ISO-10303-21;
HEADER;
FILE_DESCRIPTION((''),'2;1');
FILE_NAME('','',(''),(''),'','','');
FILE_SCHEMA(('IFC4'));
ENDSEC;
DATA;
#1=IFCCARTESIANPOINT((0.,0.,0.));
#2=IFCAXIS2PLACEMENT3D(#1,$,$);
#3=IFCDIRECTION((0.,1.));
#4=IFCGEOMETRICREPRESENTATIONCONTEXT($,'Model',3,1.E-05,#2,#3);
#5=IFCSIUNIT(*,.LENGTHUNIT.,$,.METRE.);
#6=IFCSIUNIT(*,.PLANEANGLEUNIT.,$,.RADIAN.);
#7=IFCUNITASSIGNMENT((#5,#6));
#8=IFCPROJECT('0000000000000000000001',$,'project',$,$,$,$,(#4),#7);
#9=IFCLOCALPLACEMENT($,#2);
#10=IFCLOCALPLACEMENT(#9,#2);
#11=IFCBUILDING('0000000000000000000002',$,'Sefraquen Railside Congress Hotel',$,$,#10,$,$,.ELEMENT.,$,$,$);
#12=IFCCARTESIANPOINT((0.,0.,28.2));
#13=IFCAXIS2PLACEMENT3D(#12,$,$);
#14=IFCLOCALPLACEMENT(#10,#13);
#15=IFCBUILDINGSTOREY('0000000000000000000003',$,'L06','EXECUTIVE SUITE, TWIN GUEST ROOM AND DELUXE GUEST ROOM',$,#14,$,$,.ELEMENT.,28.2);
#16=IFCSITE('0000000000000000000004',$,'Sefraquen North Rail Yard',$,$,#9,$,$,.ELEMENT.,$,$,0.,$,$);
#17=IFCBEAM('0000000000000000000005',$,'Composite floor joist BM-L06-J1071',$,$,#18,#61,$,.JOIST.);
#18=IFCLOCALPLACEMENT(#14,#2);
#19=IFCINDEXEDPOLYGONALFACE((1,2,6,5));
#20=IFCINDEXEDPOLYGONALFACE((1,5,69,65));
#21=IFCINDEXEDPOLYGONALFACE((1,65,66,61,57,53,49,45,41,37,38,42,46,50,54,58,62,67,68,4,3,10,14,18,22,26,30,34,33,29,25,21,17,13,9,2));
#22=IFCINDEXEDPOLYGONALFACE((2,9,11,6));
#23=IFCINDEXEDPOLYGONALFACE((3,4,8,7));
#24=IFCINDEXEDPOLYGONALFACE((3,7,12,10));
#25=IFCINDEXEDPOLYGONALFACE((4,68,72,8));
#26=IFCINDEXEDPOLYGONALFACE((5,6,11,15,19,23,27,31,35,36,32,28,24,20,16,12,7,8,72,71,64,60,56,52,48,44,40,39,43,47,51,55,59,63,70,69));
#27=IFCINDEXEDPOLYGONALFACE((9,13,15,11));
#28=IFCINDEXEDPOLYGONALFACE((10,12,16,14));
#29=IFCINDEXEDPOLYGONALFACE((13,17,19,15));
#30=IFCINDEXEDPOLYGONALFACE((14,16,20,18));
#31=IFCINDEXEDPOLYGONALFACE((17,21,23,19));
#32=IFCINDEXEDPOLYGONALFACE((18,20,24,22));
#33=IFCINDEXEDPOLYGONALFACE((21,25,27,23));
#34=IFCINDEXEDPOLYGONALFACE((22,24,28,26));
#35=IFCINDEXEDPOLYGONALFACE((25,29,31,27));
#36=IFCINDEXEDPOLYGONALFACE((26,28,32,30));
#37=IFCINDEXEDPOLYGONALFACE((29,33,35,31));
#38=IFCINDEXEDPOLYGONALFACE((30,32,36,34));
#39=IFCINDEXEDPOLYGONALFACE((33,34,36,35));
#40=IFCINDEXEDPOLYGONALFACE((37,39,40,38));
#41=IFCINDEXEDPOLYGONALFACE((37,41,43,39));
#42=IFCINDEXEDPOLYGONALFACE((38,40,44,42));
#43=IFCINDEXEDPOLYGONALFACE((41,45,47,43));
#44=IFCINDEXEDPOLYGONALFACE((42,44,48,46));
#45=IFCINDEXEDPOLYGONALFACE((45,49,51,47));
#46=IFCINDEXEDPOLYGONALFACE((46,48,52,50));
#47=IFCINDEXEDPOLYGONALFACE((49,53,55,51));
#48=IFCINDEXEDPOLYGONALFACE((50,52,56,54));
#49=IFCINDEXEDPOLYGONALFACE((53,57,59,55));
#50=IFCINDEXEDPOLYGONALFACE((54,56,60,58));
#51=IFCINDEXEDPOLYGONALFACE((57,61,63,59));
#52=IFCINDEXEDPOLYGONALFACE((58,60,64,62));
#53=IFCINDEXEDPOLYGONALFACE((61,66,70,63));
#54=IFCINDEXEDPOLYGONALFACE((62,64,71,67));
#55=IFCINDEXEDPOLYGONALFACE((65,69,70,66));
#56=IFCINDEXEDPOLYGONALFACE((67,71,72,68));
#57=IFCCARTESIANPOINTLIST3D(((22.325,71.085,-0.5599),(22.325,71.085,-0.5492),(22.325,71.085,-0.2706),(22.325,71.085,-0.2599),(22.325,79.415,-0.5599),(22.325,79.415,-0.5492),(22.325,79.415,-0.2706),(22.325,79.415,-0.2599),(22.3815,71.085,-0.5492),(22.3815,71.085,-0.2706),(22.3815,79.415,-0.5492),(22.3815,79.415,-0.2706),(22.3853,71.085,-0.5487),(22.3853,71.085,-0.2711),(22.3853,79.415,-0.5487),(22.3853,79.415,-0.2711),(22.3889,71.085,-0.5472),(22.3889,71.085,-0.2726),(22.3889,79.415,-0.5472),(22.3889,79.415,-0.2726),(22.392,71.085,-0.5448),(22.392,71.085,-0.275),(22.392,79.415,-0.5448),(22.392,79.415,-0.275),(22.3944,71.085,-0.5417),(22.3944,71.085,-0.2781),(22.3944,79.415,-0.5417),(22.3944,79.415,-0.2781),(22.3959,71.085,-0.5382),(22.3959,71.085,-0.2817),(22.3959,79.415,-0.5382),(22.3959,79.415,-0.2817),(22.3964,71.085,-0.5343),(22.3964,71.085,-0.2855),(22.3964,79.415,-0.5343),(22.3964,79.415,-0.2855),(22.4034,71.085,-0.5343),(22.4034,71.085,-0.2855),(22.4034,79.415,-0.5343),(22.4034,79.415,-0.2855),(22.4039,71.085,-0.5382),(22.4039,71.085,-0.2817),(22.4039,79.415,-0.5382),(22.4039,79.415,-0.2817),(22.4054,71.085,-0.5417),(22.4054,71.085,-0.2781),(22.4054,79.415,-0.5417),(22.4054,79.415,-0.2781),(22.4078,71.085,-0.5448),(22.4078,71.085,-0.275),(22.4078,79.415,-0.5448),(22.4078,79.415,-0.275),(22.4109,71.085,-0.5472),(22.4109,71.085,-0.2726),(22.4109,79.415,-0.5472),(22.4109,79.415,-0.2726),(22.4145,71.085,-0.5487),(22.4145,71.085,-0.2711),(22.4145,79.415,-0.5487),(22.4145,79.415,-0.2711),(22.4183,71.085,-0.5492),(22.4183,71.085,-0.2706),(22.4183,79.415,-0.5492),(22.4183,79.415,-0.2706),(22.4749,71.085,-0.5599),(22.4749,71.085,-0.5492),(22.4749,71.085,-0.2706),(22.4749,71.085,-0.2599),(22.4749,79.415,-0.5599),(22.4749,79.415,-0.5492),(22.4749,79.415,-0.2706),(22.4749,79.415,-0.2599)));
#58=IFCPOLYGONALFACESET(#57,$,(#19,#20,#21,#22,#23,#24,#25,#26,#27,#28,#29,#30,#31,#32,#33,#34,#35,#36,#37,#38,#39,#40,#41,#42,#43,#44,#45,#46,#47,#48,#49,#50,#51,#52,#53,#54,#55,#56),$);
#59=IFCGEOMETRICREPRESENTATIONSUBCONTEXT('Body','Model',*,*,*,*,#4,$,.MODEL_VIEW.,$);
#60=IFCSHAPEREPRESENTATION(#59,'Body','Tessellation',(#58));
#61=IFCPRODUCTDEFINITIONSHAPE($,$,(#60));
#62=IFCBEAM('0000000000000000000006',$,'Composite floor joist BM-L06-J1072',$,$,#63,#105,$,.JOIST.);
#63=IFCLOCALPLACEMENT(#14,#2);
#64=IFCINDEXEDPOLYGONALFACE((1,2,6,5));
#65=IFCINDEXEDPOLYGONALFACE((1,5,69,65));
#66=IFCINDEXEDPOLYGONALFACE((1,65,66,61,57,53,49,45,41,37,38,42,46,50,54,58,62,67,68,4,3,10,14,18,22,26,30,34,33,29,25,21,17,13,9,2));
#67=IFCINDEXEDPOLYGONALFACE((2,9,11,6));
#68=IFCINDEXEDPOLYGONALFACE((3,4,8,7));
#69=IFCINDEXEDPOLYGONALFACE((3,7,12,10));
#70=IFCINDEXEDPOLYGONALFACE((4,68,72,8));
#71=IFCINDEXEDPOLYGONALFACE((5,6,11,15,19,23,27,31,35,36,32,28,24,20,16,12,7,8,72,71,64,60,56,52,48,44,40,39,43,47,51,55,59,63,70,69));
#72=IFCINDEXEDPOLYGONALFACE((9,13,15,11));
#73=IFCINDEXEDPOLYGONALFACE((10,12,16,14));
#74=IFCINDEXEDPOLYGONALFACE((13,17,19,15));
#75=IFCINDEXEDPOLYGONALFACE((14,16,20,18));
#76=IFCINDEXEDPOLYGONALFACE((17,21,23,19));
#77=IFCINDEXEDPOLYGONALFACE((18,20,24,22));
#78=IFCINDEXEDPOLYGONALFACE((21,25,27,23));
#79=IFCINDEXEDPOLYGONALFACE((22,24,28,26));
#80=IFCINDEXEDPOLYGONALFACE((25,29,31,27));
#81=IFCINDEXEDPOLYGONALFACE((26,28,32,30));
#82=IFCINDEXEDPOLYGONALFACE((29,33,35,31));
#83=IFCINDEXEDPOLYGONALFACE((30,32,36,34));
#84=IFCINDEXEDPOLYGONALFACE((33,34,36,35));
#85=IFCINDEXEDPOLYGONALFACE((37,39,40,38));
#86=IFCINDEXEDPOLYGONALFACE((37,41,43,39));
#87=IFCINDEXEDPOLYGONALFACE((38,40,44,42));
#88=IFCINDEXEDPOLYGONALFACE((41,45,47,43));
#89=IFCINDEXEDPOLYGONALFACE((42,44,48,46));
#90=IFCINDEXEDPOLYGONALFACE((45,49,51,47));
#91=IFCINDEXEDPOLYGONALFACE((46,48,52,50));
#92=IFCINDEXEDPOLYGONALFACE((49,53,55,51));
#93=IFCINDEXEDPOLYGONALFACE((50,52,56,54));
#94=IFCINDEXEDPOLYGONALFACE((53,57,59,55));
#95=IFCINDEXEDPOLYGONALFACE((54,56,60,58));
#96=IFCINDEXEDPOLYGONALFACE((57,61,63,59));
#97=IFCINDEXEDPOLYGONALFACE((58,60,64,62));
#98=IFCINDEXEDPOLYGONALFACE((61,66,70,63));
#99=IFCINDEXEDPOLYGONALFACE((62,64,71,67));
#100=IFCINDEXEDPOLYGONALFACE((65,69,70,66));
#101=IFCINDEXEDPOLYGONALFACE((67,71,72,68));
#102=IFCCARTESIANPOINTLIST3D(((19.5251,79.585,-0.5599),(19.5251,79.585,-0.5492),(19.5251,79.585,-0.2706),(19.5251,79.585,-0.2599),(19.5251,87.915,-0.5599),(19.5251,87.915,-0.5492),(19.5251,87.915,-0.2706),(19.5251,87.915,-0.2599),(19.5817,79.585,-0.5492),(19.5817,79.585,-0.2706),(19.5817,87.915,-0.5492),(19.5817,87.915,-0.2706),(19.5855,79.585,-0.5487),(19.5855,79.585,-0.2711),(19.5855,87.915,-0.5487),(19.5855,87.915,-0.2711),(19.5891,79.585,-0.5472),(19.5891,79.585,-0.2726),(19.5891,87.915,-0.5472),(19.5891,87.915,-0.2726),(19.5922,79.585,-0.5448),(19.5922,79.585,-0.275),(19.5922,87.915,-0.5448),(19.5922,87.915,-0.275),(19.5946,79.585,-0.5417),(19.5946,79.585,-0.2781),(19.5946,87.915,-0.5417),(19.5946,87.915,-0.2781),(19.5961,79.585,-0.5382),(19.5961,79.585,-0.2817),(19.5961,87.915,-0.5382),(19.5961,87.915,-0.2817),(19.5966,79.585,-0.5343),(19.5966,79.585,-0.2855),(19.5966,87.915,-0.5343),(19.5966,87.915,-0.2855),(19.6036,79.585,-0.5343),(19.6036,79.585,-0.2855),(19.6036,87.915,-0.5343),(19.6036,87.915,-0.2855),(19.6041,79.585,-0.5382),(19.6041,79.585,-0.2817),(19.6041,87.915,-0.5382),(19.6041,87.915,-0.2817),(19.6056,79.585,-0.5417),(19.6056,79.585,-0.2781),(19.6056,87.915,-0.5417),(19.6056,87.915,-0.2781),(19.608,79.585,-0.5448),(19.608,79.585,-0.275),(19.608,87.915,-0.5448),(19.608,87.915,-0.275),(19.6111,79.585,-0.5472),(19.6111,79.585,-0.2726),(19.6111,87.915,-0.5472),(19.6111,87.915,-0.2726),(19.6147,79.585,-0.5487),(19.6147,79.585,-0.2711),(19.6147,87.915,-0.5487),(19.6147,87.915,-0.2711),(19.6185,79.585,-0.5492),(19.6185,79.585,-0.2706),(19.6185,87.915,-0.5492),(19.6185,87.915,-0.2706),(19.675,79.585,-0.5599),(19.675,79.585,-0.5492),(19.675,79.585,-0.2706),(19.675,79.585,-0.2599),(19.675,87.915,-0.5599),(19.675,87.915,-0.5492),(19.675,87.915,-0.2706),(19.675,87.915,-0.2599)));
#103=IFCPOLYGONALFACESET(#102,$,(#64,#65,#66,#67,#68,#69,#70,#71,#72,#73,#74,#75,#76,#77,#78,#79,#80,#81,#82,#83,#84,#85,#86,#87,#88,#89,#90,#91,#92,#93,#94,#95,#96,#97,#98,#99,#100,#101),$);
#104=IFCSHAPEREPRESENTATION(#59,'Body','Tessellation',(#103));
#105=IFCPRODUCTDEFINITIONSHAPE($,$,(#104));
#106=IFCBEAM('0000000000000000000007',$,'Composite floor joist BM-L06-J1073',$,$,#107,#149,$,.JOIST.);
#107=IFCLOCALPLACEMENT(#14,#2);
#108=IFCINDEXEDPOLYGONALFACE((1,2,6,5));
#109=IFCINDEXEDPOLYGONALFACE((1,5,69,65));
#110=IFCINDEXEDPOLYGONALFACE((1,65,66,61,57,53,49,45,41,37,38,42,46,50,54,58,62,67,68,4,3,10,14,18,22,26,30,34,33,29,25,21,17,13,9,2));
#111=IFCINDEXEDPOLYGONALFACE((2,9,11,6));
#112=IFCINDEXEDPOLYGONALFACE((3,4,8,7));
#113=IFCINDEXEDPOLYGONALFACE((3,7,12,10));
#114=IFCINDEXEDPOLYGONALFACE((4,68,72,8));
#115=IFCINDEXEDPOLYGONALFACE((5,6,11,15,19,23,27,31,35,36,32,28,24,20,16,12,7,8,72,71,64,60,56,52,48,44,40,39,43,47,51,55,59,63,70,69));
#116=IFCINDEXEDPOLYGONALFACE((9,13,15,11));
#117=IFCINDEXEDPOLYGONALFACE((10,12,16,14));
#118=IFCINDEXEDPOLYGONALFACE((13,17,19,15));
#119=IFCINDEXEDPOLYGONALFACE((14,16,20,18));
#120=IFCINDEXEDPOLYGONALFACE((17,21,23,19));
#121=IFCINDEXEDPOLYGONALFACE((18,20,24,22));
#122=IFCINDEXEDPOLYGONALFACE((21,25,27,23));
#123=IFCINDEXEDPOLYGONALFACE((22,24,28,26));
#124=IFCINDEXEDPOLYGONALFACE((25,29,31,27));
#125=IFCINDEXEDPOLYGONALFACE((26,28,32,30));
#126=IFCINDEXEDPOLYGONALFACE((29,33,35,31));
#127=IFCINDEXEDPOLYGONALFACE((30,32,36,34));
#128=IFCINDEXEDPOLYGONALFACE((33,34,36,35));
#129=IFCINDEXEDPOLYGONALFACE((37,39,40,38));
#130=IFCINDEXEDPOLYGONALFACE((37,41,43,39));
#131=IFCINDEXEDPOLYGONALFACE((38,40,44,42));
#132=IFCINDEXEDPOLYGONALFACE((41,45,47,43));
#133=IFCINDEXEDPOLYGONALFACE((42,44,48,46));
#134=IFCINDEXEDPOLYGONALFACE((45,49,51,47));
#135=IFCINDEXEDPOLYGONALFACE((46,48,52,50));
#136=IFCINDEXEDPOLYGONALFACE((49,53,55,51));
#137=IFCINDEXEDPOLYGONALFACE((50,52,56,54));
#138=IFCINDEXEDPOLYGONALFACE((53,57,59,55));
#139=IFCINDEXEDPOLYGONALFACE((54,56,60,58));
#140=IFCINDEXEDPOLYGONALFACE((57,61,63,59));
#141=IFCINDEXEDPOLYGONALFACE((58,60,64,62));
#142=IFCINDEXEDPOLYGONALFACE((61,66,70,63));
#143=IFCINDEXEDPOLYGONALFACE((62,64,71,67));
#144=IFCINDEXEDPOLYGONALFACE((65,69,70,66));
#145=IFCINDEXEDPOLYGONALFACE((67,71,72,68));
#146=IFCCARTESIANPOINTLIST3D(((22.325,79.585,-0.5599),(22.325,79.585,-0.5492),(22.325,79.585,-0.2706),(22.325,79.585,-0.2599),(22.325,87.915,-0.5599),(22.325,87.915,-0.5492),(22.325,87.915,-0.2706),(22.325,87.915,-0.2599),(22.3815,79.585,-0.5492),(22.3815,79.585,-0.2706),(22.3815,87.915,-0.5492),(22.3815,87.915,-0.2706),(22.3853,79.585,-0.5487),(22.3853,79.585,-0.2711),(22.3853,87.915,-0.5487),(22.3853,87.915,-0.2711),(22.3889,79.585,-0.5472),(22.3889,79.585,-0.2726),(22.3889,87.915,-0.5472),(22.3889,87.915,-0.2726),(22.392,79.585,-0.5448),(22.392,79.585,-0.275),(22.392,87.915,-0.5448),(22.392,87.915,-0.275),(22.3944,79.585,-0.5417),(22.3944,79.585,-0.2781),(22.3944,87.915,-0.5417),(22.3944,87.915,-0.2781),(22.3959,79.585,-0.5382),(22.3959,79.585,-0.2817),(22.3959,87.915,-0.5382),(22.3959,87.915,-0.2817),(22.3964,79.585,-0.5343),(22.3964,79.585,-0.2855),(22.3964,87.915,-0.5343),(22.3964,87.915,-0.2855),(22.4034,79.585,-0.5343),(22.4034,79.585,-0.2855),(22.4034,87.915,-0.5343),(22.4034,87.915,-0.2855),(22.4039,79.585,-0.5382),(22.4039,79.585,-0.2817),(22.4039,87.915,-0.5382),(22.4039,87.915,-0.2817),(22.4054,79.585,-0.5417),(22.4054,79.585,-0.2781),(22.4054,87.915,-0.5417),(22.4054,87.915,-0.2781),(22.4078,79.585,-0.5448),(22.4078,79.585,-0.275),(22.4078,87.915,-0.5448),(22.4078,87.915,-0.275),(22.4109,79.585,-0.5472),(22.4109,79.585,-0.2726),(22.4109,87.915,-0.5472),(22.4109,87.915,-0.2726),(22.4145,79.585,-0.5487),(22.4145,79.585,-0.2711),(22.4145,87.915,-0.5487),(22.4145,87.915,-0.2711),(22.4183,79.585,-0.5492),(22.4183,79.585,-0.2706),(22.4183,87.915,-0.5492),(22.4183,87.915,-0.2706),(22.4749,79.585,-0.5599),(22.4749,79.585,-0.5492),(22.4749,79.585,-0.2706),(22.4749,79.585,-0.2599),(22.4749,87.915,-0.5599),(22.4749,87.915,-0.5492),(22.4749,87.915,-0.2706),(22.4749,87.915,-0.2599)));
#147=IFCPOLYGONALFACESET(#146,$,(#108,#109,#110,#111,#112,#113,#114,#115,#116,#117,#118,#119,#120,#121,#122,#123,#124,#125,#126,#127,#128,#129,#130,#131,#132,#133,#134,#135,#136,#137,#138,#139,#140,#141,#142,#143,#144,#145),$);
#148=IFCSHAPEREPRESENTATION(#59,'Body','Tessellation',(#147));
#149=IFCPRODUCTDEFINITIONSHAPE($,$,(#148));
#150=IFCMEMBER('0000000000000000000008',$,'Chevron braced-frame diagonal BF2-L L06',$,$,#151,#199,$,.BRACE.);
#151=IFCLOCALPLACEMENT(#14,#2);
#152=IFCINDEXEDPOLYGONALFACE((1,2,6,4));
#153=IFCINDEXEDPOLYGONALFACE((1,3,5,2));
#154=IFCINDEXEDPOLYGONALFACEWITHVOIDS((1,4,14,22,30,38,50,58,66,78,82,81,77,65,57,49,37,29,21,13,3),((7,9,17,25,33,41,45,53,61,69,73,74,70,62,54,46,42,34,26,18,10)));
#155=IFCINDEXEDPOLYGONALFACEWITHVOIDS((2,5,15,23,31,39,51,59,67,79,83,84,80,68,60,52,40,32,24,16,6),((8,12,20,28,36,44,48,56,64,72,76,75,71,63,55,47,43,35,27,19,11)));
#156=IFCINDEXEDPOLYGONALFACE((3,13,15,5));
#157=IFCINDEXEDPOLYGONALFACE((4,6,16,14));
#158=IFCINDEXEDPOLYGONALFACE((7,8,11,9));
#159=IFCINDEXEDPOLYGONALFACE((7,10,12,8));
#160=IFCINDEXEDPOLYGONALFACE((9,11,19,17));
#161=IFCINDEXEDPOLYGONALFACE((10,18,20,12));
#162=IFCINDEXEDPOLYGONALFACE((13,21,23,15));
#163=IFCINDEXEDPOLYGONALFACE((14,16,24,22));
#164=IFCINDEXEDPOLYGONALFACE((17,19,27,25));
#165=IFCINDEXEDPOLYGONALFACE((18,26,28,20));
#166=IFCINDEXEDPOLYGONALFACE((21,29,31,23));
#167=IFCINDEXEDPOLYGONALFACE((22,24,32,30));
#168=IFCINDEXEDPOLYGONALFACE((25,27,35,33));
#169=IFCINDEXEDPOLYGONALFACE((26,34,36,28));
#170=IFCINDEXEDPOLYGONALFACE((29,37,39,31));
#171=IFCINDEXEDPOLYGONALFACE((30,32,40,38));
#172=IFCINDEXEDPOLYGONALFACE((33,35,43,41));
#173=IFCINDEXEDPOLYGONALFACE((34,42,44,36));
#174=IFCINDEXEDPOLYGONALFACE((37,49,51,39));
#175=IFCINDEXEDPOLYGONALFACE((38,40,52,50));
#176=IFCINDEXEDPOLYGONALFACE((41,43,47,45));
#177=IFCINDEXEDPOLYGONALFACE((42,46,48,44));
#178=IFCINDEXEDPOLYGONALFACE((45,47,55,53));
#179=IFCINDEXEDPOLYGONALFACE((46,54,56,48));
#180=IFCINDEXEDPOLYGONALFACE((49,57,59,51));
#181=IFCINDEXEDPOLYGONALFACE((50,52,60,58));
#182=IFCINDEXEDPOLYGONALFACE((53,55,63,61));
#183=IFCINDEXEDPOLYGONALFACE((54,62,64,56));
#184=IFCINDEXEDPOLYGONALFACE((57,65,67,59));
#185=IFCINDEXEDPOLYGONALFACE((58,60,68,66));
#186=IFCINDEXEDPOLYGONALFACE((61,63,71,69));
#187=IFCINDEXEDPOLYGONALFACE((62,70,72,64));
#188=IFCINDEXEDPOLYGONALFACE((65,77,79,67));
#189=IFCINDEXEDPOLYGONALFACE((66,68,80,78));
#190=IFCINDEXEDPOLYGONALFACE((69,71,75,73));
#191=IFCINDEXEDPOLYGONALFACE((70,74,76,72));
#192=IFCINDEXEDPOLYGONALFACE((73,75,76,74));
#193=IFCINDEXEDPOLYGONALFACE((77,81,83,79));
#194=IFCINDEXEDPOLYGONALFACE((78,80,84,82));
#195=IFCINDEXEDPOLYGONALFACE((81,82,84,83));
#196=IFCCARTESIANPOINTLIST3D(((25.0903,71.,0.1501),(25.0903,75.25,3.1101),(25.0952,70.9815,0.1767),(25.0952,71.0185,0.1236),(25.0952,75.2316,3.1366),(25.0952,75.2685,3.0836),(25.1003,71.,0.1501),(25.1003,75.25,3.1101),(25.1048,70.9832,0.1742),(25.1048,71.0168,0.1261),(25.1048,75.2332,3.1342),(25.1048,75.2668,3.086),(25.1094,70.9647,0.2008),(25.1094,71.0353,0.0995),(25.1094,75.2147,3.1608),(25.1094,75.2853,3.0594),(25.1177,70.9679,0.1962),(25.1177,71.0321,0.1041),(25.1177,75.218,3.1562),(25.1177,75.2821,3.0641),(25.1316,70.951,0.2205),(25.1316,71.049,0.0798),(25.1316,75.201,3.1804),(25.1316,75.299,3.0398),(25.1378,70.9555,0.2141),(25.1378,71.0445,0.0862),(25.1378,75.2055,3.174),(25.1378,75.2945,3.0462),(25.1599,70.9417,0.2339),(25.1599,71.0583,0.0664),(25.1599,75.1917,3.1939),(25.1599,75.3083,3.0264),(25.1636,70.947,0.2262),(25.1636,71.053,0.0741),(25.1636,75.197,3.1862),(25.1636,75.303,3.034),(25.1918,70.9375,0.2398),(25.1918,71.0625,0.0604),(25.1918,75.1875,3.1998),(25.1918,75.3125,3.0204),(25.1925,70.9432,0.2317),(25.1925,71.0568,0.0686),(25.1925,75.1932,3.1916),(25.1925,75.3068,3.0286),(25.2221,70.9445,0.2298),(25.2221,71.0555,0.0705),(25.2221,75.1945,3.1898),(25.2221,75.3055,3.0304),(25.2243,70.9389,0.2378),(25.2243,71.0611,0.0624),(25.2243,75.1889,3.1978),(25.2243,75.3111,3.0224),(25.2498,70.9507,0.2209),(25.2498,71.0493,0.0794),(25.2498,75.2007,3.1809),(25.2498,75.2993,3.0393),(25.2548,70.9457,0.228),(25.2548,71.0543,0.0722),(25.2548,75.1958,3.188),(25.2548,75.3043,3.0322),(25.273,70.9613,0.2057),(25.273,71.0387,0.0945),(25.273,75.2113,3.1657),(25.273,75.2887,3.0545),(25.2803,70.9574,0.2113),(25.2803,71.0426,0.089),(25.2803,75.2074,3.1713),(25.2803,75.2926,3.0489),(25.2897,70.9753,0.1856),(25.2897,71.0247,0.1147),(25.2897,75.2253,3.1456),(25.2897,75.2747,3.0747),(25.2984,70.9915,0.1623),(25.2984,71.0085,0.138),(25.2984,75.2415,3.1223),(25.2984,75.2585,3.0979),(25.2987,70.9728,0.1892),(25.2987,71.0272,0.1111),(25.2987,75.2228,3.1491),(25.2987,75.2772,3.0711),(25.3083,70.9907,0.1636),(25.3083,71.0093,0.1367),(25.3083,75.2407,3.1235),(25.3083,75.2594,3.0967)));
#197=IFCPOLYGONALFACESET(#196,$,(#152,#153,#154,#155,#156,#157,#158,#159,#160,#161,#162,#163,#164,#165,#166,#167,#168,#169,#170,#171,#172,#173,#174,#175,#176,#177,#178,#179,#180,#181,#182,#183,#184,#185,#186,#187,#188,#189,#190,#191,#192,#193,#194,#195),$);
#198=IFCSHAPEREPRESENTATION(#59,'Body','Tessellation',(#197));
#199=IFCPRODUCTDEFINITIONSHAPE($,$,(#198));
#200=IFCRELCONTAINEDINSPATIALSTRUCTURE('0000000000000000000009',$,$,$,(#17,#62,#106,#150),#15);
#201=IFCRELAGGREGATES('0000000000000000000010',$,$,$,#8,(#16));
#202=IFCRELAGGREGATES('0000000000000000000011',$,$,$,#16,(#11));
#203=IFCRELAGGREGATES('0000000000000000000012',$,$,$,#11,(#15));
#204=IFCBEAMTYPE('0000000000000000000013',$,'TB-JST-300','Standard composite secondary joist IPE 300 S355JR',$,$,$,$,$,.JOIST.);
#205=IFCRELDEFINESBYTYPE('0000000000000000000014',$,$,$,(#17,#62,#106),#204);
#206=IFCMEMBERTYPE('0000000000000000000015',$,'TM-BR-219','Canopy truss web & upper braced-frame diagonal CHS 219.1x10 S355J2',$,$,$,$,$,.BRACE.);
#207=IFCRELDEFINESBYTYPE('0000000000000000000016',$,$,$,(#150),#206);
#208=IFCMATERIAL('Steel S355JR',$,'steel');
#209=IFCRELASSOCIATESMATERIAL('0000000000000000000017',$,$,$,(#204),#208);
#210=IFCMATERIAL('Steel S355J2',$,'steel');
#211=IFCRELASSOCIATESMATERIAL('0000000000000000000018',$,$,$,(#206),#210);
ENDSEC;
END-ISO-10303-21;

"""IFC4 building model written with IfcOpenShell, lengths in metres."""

from ifc_helpers import new_model, si_unit, direction, frame, origin, origin_2d, place, context, subcontext, project, spatial, hollow_circle, i_section, extrude, material, material_profile, profile_set, type_object, element, save


model = new_model("IFC4")

# Units and contexts
model_context = context("Model", 3, precision=1e-05, world=origin(), true_north=direction((0.0, 1.0)))
body_context = subcontext(model_context, "Body", "Model", "MODEL_VIEW")
ifc_project = project(units=[si_unit("LENGTHUNIT", "METRE"), si_unit("PLANEANGLEUNIT", "RADIAN")], contexts=[model_context])

# Site, building, storey
site_placement = place(None, origin())
site = spatial("IfcSite", under=ifc_project, at=site_placement, Name="Sefraquen North Rail Yard", CompositionType="ELEMENT", RefElevation=0.0)
building_placement = place(site_placement, origin())
building = spatial("IfcBuilding", under=site, at=building_placement, Name="Sefraquen Railside Congress Hotel", CompositionType="ELEMENT")
storey_placement = place(building_placement, frame((0.0, 0.0, 28.2)))
storey = spatial("IfcBuildingStorey", under=building, at=storey_placement, Name="L06", Description="EXECUTIVE SUITE, TWIN GUEST ROOM AND DELUXE GUEST ROOM", CompositionType="ELEMENT", Elevation=28.2)

# Shared definitions
ifc_material_1 = material(Name="Steel S355JR", Category="steel")

# Beams
ifc_material_profile_1 = material_profile(ifc_material_1, i_section(OverallWidth=0.1499, OverallDepth=0.3, WebThickness=0.0071, FlangeThickness=0.0107, FilletRadius=0.0149, at=origin_2d()), Name="IPE 300")
ifc_profile_set_1 = profile_set([ifc_material_profile_1], Name="Steel S355JR")
beam_type_1 = type_object("IfcBeamType", Name="TB-JST-300", Description="Standard composite secondary joist IPE 300 S355JR", PredefinedType="JOIST", material=ifc_profile_set_1)
for number, where, z_axis, x_axis, name in (
    (1, (22.3999, 71.085, -0.4099), (0.0, 1.0, 0.0), (-1.0, 0.0, 0.0), "Composite floor joist BM-L06-J1071"),
    (2, (19.6001, 79.585, -0.4099), (0.0, 1.0, 0.0), (-1.0, 0.0, 0.0), "Composite floor joist BM-L06-J1072"),
    (3, (22.3999, 79.585, -0.4099), (0.0, 1.0, 0.0), (-1.0, 0.0, 0.0), "Composite floor joist BM-L06-J1073"),
):
    element("IfcBeam", number, at=place(storey_placement, frame(where, z_axis=z_axis, x_axis=x_axis)), inside=storey, type_object=beam_type_1, Name=name, PredefinedType="JOIST", context=body_context, shape_type="SweptSolid", body=[
        extrude(i_section(OverallWidth=0.1499, OverallDepth=0.3, WebThickness=0.0071, FlangeThickness=0.0107, FilletRadius=0.0149, at=origin_2d()), origin(), (0.0, 0.0, 1.0), 8.3301),
    ])

# Member
ifc_material_2 = material(Name="Steel S355J2", Category="steel")
ifc_material_profile_2 = material_profile(ifc_material_2, hollow_circle(Radius=0.1096, WallThickness=0.01, at=origin_2d()), Name="CHS 219.1x10")
ifc_profile_set_2 = profile_set([ifc_material_profile_2], Name="Steel S355J2")
member_type = type_object("IfcMemberType", Name="TM-BR-219", Description="Canopy truss web & upper braced-frame diagonal CHS 219.1x10 S355J2", PredefinedType="BRACE", material=ifc_profile_set_2)
for number, where, z_axis, x_axis, name in (
    (4, (25.2, 71.0, 0.1501), (0.0, 0.820594, 0.571512), (-1.0, 0.0, 0.0), "Chevron braced-frame diagonal BF2-L L06"),
):
    element("IfcMember", number, at=place(storey_placement, frame(where, z_axis=z_axis, x_axis=x_axis)), inside=storey, type_object=member_type, Name=name, PredefinedType="BRACE", context=body_context, shape_type="SweptSolid", body=[
        extrude(hollow_circle(Radius=0.1096, WallThickness=0.01, at=origin_2d()), origin(), (0.0, 0.0, 1.0), 5.1792),
    ])

save(model, "model.ifc")
